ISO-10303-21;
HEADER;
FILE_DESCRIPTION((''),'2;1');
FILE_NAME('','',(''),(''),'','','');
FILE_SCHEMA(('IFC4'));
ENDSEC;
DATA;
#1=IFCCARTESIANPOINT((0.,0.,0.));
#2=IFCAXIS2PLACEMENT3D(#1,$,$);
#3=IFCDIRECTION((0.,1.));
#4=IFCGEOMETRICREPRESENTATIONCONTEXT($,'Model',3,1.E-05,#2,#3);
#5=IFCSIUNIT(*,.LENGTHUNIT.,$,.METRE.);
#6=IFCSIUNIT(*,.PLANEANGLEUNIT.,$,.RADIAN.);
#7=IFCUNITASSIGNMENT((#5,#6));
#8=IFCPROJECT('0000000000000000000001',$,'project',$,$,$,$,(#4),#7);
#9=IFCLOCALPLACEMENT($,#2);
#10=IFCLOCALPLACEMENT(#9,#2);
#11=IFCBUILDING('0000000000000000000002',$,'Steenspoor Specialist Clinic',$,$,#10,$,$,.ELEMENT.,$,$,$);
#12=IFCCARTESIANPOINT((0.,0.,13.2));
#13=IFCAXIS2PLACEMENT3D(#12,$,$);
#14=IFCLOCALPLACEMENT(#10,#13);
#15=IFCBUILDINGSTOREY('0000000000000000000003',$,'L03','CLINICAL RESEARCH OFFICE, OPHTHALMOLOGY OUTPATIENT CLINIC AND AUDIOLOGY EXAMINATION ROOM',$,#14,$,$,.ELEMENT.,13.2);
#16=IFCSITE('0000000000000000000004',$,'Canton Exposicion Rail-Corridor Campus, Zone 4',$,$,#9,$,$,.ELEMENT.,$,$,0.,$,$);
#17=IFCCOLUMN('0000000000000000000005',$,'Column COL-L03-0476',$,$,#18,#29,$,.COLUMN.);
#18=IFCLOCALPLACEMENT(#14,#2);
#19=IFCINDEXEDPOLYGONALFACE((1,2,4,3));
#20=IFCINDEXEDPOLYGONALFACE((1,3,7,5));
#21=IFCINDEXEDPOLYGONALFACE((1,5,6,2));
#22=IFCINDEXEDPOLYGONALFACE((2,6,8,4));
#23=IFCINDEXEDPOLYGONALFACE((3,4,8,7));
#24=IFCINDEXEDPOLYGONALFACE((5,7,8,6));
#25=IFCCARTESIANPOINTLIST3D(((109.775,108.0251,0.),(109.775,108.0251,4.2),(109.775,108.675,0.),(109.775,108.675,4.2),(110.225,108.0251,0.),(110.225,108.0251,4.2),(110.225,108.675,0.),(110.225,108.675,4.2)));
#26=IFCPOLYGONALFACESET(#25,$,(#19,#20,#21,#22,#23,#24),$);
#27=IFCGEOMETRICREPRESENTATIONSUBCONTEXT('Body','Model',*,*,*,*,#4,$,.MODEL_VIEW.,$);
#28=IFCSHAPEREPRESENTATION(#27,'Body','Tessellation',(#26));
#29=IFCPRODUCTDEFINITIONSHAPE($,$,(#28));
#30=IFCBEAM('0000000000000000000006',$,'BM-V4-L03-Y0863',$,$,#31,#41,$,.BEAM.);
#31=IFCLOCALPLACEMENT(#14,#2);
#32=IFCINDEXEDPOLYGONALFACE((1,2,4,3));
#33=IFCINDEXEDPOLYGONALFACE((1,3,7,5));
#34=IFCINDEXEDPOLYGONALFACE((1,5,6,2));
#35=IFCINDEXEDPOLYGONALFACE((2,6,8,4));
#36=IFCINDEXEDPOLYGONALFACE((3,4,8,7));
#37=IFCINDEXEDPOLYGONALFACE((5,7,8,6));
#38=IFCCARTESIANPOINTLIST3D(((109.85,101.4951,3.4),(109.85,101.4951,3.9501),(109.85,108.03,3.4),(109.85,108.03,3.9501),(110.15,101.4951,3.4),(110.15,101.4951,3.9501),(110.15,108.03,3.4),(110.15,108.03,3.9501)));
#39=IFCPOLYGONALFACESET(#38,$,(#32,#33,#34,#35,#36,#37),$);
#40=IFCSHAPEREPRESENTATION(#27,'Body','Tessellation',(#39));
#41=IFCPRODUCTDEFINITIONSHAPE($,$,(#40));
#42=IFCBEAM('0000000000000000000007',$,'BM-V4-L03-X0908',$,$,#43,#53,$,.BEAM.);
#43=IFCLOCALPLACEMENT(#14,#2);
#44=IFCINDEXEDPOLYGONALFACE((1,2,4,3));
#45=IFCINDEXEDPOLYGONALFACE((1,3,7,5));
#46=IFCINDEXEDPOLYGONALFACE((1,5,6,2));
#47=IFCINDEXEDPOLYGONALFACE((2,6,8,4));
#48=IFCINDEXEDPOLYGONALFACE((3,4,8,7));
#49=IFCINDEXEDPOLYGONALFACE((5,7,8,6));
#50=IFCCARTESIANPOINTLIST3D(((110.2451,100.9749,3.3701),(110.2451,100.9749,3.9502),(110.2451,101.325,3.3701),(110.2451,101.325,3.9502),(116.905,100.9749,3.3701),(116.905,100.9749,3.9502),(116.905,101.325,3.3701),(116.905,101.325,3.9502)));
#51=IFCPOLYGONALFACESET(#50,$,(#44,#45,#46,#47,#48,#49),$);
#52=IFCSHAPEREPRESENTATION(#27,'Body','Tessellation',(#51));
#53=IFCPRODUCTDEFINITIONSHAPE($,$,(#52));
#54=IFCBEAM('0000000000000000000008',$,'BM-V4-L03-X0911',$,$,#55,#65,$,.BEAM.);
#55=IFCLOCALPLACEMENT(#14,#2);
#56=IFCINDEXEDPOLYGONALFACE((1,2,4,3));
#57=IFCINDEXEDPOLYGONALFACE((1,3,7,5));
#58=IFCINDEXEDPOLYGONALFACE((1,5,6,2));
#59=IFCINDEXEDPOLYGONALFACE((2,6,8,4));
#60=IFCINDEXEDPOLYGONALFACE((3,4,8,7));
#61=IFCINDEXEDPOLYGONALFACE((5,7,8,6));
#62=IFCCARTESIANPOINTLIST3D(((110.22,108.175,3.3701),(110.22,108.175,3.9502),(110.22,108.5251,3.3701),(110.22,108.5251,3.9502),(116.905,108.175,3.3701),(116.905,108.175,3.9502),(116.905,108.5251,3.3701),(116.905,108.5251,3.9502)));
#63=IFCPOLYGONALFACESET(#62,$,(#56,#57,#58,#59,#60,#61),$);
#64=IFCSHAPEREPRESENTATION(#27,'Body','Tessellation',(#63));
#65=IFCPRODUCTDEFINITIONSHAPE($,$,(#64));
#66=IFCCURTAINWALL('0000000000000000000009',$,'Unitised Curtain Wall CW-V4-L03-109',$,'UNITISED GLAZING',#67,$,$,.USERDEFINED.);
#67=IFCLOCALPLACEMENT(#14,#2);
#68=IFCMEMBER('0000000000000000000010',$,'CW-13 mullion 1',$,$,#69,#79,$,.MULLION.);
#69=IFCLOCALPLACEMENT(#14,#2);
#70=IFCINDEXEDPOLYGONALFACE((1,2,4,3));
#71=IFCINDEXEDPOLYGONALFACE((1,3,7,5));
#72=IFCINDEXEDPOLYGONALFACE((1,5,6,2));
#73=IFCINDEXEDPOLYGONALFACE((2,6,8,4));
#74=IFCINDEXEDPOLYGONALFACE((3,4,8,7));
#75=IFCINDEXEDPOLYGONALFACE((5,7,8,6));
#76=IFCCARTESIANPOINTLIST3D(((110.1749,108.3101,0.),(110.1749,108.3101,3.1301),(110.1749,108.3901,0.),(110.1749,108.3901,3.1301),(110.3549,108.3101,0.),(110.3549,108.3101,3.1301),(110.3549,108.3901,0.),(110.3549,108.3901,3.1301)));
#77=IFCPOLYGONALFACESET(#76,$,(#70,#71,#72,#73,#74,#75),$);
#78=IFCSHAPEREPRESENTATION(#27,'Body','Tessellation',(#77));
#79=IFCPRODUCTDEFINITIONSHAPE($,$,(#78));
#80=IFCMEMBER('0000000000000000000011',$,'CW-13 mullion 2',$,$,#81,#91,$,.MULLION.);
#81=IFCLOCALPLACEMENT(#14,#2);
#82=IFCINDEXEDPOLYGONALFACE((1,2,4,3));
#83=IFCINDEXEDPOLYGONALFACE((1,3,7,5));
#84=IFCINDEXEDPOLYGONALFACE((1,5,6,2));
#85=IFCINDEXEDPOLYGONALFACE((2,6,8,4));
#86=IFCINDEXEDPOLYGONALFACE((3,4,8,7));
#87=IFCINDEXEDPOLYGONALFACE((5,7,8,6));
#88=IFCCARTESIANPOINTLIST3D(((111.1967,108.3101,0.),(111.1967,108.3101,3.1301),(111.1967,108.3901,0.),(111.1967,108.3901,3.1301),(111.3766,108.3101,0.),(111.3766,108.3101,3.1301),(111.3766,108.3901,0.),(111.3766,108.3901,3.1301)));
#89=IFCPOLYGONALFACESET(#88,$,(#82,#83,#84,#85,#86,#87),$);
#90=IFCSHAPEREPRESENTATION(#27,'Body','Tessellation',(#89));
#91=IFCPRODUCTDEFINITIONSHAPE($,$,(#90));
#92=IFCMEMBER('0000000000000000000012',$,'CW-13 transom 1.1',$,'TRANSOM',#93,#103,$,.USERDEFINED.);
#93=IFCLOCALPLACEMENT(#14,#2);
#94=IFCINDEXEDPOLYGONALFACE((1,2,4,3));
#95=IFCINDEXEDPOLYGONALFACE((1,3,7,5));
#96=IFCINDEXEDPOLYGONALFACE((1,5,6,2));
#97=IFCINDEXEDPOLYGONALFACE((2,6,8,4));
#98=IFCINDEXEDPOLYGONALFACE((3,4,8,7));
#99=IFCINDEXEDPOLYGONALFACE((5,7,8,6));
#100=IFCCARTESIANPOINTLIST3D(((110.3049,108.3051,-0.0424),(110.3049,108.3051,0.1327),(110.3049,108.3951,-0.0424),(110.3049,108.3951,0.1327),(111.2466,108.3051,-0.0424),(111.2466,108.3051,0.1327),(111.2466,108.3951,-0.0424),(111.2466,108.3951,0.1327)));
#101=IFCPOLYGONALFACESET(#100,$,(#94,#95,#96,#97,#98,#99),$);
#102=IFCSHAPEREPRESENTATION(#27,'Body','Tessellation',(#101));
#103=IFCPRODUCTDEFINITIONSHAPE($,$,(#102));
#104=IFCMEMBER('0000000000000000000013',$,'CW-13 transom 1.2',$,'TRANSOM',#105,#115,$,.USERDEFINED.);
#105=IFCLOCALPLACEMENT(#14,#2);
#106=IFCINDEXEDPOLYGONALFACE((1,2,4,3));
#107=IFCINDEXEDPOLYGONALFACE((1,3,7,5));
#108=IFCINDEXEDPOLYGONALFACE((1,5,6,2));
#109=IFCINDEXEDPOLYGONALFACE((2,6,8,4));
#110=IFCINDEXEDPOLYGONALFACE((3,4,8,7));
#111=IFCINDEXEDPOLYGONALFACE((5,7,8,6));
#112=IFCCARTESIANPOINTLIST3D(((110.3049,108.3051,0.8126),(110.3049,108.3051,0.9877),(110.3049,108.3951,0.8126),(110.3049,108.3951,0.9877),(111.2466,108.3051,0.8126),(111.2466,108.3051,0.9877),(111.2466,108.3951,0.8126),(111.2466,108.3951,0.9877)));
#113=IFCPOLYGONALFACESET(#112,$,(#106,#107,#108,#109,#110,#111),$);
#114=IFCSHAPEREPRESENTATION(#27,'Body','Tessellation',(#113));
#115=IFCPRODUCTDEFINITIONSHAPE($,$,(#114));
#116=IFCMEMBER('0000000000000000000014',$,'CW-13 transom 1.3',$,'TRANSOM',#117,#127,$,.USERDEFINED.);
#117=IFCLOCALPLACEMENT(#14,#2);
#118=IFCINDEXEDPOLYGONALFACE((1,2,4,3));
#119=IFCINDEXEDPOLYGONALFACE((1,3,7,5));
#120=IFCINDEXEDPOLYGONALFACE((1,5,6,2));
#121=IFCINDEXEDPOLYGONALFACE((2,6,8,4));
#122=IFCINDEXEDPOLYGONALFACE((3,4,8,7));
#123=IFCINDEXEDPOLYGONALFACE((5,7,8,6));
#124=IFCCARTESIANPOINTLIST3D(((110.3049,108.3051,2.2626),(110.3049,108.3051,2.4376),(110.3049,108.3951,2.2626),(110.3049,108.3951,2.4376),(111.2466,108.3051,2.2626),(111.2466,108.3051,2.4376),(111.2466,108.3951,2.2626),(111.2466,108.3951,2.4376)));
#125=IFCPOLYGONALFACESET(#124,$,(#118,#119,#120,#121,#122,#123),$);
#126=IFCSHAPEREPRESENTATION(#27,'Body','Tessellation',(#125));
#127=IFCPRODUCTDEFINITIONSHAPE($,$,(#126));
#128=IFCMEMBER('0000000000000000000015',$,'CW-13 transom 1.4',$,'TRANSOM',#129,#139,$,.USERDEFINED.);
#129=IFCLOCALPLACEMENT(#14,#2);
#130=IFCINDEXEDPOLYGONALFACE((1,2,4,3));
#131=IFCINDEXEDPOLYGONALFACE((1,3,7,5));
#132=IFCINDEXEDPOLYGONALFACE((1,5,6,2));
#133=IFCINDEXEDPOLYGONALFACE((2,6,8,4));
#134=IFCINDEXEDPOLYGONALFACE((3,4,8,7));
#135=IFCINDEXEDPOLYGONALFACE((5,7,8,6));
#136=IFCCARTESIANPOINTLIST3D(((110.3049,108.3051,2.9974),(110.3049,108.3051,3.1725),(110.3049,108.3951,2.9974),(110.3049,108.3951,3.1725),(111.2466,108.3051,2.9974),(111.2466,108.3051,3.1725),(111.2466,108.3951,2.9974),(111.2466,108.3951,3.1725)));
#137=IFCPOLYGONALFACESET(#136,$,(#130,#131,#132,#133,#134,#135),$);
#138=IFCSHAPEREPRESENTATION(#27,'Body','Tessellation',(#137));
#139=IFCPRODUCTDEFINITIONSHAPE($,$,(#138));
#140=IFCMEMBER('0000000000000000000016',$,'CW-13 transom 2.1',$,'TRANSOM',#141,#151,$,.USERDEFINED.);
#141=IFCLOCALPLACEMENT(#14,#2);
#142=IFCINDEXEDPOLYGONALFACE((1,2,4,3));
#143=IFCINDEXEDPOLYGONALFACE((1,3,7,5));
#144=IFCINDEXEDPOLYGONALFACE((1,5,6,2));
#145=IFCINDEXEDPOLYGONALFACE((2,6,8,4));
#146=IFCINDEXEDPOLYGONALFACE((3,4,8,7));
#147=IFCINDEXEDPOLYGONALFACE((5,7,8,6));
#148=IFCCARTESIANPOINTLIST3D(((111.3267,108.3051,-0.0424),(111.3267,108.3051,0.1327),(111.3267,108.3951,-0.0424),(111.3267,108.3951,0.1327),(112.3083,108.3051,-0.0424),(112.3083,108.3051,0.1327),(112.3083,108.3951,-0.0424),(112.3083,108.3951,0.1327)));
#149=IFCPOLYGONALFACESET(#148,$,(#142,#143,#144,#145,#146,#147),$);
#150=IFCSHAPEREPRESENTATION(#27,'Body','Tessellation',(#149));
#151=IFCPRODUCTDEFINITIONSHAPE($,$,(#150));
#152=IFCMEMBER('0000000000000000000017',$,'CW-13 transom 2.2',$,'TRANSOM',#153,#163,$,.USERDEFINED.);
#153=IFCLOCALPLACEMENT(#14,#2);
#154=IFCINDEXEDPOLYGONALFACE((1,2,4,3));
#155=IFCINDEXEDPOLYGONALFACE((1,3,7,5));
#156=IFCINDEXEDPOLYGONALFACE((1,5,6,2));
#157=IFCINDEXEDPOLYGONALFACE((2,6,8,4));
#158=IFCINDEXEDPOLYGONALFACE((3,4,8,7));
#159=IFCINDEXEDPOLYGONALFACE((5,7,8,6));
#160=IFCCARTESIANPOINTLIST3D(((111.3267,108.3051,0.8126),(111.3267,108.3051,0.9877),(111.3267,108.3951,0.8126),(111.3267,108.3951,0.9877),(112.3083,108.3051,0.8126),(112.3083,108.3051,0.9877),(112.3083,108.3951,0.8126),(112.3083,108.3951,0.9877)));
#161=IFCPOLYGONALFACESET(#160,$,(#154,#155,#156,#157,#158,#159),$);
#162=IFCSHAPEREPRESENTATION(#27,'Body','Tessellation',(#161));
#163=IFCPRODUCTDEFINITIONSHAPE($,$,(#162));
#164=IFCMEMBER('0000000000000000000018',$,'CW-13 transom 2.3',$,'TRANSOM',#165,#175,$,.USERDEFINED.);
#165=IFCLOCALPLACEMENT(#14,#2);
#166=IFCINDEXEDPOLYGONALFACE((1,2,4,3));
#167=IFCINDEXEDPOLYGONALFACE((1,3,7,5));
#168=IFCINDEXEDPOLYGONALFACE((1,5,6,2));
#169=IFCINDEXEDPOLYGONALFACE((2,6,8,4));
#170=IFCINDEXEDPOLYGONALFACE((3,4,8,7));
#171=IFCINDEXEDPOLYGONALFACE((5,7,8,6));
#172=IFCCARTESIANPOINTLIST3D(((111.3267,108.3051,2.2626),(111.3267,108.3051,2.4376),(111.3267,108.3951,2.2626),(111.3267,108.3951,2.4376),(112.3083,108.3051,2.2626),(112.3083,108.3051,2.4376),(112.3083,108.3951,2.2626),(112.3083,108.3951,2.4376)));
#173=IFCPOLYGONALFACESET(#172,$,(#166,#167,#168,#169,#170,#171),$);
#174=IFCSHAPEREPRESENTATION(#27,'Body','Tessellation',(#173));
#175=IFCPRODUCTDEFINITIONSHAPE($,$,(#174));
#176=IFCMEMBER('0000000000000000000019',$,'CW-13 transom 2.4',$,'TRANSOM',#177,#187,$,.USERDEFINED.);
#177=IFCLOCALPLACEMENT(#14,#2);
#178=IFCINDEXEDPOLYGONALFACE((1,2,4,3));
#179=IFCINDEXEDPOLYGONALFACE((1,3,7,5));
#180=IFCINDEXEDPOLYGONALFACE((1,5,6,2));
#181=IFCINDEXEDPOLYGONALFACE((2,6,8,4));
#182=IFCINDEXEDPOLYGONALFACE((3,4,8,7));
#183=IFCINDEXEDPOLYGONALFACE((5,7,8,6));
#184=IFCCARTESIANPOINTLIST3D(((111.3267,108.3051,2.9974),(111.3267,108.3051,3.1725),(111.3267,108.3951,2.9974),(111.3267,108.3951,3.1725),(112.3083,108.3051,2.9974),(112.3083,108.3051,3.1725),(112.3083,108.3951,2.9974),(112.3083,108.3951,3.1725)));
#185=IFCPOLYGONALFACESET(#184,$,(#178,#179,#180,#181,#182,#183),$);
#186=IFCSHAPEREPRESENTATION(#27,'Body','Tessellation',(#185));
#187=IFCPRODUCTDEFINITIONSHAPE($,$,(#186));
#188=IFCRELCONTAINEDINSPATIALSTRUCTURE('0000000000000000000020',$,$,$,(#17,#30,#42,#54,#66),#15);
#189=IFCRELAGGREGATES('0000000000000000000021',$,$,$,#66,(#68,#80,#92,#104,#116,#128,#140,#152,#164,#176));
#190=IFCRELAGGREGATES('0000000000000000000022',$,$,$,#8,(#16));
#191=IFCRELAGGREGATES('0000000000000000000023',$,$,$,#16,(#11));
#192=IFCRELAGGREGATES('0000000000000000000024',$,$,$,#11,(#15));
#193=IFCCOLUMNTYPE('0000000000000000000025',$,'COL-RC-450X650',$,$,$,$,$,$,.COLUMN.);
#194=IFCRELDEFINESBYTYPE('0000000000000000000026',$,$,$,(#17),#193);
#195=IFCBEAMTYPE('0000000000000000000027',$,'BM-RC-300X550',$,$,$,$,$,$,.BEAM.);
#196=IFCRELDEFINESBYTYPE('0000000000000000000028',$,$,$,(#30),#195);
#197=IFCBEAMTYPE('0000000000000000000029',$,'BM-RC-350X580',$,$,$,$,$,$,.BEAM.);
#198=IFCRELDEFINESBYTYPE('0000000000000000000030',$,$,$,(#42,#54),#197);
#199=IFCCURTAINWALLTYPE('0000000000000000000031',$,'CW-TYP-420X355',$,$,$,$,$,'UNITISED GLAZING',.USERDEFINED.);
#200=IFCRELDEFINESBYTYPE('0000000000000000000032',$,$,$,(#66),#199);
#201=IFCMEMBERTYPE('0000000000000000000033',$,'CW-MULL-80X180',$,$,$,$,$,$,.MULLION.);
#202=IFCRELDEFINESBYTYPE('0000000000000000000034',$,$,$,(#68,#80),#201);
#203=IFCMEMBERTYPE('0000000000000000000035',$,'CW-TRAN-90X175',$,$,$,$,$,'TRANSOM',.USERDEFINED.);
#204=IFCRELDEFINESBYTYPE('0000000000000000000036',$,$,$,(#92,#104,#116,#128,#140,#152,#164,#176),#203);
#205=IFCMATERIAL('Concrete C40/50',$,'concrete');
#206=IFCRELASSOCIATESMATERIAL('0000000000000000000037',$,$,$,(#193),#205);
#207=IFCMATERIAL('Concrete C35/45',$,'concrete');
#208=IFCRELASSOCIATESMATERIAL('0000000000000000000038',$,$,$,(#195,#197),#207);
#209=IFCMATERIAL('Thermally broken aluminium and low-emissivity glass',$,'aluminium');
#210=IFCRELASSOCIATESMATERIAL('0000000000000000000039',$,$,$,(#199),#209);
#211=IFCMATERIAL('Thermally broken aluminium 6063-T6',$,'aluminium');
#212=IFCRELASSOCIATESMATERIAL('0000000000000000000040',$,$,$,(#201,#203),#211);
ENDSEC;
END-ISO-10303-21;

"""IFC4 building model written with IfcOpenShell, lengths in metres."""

from ifc_helpers import new_model, si_unit, direction, frame, origin, origin_2d, place, context, subcontext, project, spatial, rectangle, extrude, material, material_profile, profile_set, type_object, element, aggregate, save


model = new_model("IFC4")

# Units and contexts
model_context = context("Model", 3, precision=1e-05, world=origin(), true_north=direction((0.0, 1.0)))
body_context = subcontext(model_context, "Body", "Model", "MODEL_VIEW")
ifc_project = project(units=[si_unit("LENGTHUNIT", "METRE"), si_unit("PLANEANGLEUNIT", "RADIAN")], contexts=[model_context])

# Site, building, storey
site_placement = place(None, origin())
site = spatial("IfcSite", under=ifc_project, at=site_placement, Name="Canton Exposicion Rail-Corridor Campus, Zone 4", CompositionType="ELEMENT", RefElevation=0.0)
building_placement = place(site_placement, origin())
building = spatial("IfcBuilding", under=site, at=building_placement, Name="Steenspoor Specialist Clinic", CompositionType="ELEMENT")
storey_placement = place(building_placement, frame((0.0, 0.0, 13.2)))
storey = spatial("IfcBuildingStorey", under=building, at=storey_placement, Name="L03", Description="CLINICAL RESEARCH OFFICE, OPHTHALMOLOGY OUTPATIENT CLINIC AND AUDIOLOGY EXAMINATION ROOM", CompositionType="ELEMENT", Elevation=13.2)

# Column
ifc_material_1 = material(Name="Concrete C40/50", Category="concrete")
ifc_material_profile_1 = material_profile(ifc_material_1, rectangle(XDim=0.45, YDim=0.6499, at=origin_2d()), Name="RC-COL-450X650")
ifc_profile_set_1 = profile_set([ifc_material_profile_1], Name="Concrete C40/50")
column_type = type_object("IfcColumnType", Name="COL-RC-450X650", PredefinedType="COLUMN", material=ifc_profile_set_1)
column_placement = place(storey_placement, frame((110.0, 108.3501, 0.0), z_axis=(0.0, 0.0, 1.0), x_axis=(1.0, 0.0, 0.0)))
element("IfcColumn", 1, at=column_placement, inside=storey, type_object=column_type, Name="Column COL-L03-0476", PredefinedType="COLUMN", context=body_context, shape_type="SweptSolid", body=[
    extrude(rectangle(XDim=0.45, YDim=0.6499, at=origin_2d()), origin(), (0.0, 0.0, 1.0), 4.2),
])

# Beams
ifc_material_2 = material(Name="Concrete C35/45", Category="concrete")
ifc_material_profile_2 = material_profile(ifc_material_2, rectangle(XDim=0.3, YDim=0.55, at=origin_2d()), Name="RC-BM-300X550")
ifc_profile_set_2 = profile_set([ifc_material_profile_2], Name="Concrete C35/45")
beam_type_1 = type_object("IfcBeamType", Name="BM-RC-300X550", PredefinedType="BEAM", material=ifc_profile_set_2)
beam_1_placement = place(storey_placement, frame((110.0, 101.4951, 3.675), z_axis=(0.0, 1.0, 0.0), x_axis=(-1.0, 0.0, 0.0)))
element("IfcBeam", 2, at=beam_1_placement, inside=storey, type_object=beam_type_1, Name="BM-V4-L03-Y0863", PredefinedType="BEAM", context=body_context, shape_type="SweptSolid", body=[
    extrude(rectangle(XDim=0.3, YDim=0.55, at=origin_2d()), origin(), (0.0, 0.0, 1.0), 6.5349),
])
ifc_material_profile_3 = material_profile(ifc_material_2, rectangle(XDim=0.3501, YDim=0.5801, at=origin_2d()), Name="RC-BM-350X580")
ifc_profile_set_3 = profile_set([ifc_material_profile_3], Name="Concrete C35/45")
beam_type_2 = type_object("IfcBeamType", Name="BM-RC-350X580", PredefinedType="BEAM", material=ifc_profile_set_3)
beam_2_placement = place(storey_placement, frame((110.2451, 101.1499, 3.6602), z_axis=(1.0, 0.0, 0.0), x_axis=(0.0, 1.0, 0.0)))
element("IfcBeam", 3, at=beam_2_placement, inside=storey, type_object=beam_type_2, Name="BM-V4-L03-X0908", PredefinedType="BEAM", context=body_context, shape_type="SweptSolid", body=[
    extrude(rectangle(XDim=0.3501, YDim=0.5801, at=origin_2d()), origin(), (0.0, 0.0, 1.0), 6.6599),
])
beam_3_placement = place(storey_placement, frame((110.22, 108.3501, 3.6602), z_axis=(1.0, 0.0, 0.0), x_axis=(0.0, 1.0, 0.0)))
element("IfcBeam", 4, at=beam_3_placement, inside=storey, type_object=beam_type_2, Name="BM-V4-L03-X0911", PredefinedType="BEAM", context=body_context, shape_type="SweptSolid", body=[
    extrude(rectangle(XDim=0.3501, YDim=0.5801, at=origin_2d()), origin(), (0.0, 0.0, 1.0), 6.6851),
])

# Curtain wall, members
ifc_material_3 = material(Name="Thermally broken aluminium and low-emissivity glass", Category="aluminium")
curtain_wall_type = type_object("IfcCurtainWallType", Name="CW-TYP-420X355", ElementType="UNITISED GLAZING", PredefinedType="USERDEFINED", material=ifc_material_3)
curtain_wall_placement = place(storey_placement, origin())
curtain_wall = element("IfcCurtainWall", 5, at=curtain_wall_placement, inside=storey, type_object=curtain_wall_type, Name="Unitised Curtain Wall CW-V4-L03-109", ObjectType="UNITISED GLAZING", PredefinedType="USERDEFINED")
ifc_material_4 = material(Name="Thermally broken aluminium 6063-T6", Category="aluminium")
ifc_material_profile_4 = material_profile(ifc_material_4, rectangle(XDim=0.0801, YDim=0.1799, at=origin_2d()), Name="CWM-80X180")
ifc_profile_set_4 = profile_set([ifc_material_profile_4], Name="Thermally broken aluminium 6063-T6")
member_type_1 = type_object("IfcMemberType", Name="CW-MULL-80X180", PredefinedType="MULLION", material=ifc_profile_set_4)
member_1_placement = place(storey_placement, frame((110.2649, 108.3501, 0.0), z_axis=(0.0, 0.0, 1.0), x_axis=(0.0, 1.0, 0.0)))
member_1 = element("IfcMember", 6, at=member_1_placement, type_object=member_type_1, Name="CW-13 mullion 1", PredefinedType="MULLION", context=body_context, shape_type="SweptSolid", body=[
    extrude(rectangle(XDim=0.0801, YDim=0.1799, at=origin_2d()), origin(), (0.0, 0.0, 1.0), 3.1301),
])
member_2_placement = place(storey_placement, frame((111.2866, 108.3501, 0.0), z_axis=(0.0, 0.0, 1.0), x_axis=(0.0, 1.0, 0.0)))
member_2 = element("IfcMember", 7, at=member_2_placement, type_object=member_type_1, Name="CW-13 mullion 2", PredefinedType="MULLION", context=body_context, shape_type="SweptSolid", body=[
    extrude(rectangle(XDim=0.0801, YDim=0.1799, at=origin_2d()), origin(), (0.0, 0.0, 1.0), 3.1301),
])
ifc_material_profile_5 = material_profile(ifc_material_4, rectangle(XDim=0.0901, YDim=0.175, at=origin_2d()), Name="CWT-90X175")
ifc_profile_set_5 = profile_set([ifc_material_profile_5], Name="Thermally broken aluminium 6063-T6")
member_type_2 = type_object("IfcMemberType", Name="CW-TRAN-90X175", ElementType="TRANSOM", PredefinedType="USERDEFINED", material=ifc_profile_set_5)
member_3_placement = place(storey_placement, frame((110.3049, 108.3501, 0.0452), z_axis=(1.0, 0.0, 0.0), x_axis=(0.0, 1.0, 0.0)))
member_3 = element("IfcMember", 8, at=member_3_placement, type_object=member_type_2, Name="CW-13 transom 1.1", ObjectType="TRANSOM", PredefinedType="USERDEFINED", context=body_context, shape_type="SweptSolid", body=[
    extrude(rectangle(XDim=0.0901, YDim=0.175, at=origin_2d()), origin(), (0.0, 0.0, 1.0), 0.9417),
])
member_4_placement = place(storey_placement, frame((110.3049, 108.3501, 0.9001), z_axis=(1.0, 0.0, 0.0), x_axis=(0.0, 1.0, 0.0)))
member_4 = element("IfcMember", 9, at=member_4_placement, type_object=member_type_2, Name="CW-13 transom 1.2", ObjectType="TRANSOM", PredefinedType="USERDEFINED", context=body_context, shape_type="SweptSolid", body=[
    extrude(rectangle(XDim=0.0901, YDim=0.175, at=origin_2d()), origin(), (0.0, 0.0, 1.0), 0.9417),
])
member_5_placement = place(storey_placement, frame((110.3049, 108.3501, 2.3501), z_axis=(1.0, 0.0, 0.0), x_axis=(0.0, 1.0, 0.0)))
member_5 = element("IfcMember", 10, at=member_5_placement, type_object=member_type_2, Name="CW-13 transom 1.3", ObjectType="TRANSOM", PredefinedType="USERDEFINED", context=body_context, shape_type="SweptSolid", body=[
    extrude(rectangle(XDim=0.0901, YDim=0.175, at=origin_2d()), origin(), (0.0, 0.0, 1.0), 0.9417),
])
member_6_placement = place(storey_placement, frame((110.3049, 108.3501, 3.085), z_axis=(1.0, 0.0, 0.0), x_axis=(0.0, 1.0, 0.0)))
member_6 = element("IfcMember", 11, at=member_6_placement, type_object=member_type_2, Name="CW-13 transom 1.4", ObjectType="TRANSOM", PredefinedType="USERDEFINED", context=body_context, shape_type="SweptSolid", body=[
    extrude(rectangle(XDim=0.0901, YDim=0.175, at=origin_2d()), origin(), (0.0, 0.0, 1.0), 0.9417),
])
member_7_placement = place(storey_placement, frame((111.3267, 108.3501, 0.0452), z_axis=(1.0, 0.0, 0.0), x_axis=(0.0, 1.0, 0.0)))
member_7 = element("IfcMember", 12, at=member_7_placement, type_object=member_type_2, Name="CW-13 transom 2.1", ObjectType="TRANSOM", PredefinedType="USERDEFINED", context=body_context, shape_type="SweptSolid", body=[
    extrude(rectangle(XDim=0.0901, YDim=0.175, at=origin_2d()), origin(), (0.0, 0.0, 1.0), 0.9817),
])
member_8_placement = place(storey_placement, frame((111.3267, 108.3501, 0.9001), z_axis=(1.0, 0.0, 0.0), x_axis=(0.0, 1.0, 0.0)))
member_8 = element("IfcMember", 13, at=member_8_placement, type_object=member_type_2, Name="CW-13 transom 2.2", ObjectType="TRANSOM", PredefinedType="USERDEFINED", context=body_context, shape_type="SweptSolid", body=[
    extrude(rectangle(XDim=0.0901, YDim=0.175, at=origin_2d()), origin(), (0.0, 0.0, 1.0), 0.9817),
])
member_9_placement = place(storey_placement, frame((111.3267, 108.3501, 2.3501), z_axis=(1.0, 0.0, 0.0), x_axis=(0.0, 1.0, 0.0)))
member_9 = element("IfcMember", 14, at=member_9_placement, type_object=member_type_2, Name="CW-13 transom 2.3", ObjectType="TRANSOM", PredefinedType="USERDEFINED", context=body_context, shape_type="SweptSolid", body=[
    extrude(rectangle(XDim=0.0901, YDim=0.175, at=origin_2d()), origin(), (0.0, 0.0, 1.0), 0.9817),
])
member_10_placement = place(storey_placement, frame((111.3267, 108.3501, 3.085), z_axis=(1.0, 0.0, 0.0), x_axis=(0.0, 1.0, 0.0)))
member_10 = element("IfcMember", 15, at=member_10_placement, type_object=member_type_2, Name="CW-13 transom 2.4", ObjectType="TRANSOM", PredefinedType="USERDEFINED", context=body_context, shape_type="SweptSolid", body=[
    extrude(rectangle(XDim=0.0901, YDim=0.175, at=origin_2d()), origin(), (0.0, 0.0, 1.0), 0.9817),
])

aggregate(curtain_wall, [member_1, member_2, member_3, member_4, member_5, member_6, member_7, member_8, member_9, member_10])

save(model, "model.ifc")
